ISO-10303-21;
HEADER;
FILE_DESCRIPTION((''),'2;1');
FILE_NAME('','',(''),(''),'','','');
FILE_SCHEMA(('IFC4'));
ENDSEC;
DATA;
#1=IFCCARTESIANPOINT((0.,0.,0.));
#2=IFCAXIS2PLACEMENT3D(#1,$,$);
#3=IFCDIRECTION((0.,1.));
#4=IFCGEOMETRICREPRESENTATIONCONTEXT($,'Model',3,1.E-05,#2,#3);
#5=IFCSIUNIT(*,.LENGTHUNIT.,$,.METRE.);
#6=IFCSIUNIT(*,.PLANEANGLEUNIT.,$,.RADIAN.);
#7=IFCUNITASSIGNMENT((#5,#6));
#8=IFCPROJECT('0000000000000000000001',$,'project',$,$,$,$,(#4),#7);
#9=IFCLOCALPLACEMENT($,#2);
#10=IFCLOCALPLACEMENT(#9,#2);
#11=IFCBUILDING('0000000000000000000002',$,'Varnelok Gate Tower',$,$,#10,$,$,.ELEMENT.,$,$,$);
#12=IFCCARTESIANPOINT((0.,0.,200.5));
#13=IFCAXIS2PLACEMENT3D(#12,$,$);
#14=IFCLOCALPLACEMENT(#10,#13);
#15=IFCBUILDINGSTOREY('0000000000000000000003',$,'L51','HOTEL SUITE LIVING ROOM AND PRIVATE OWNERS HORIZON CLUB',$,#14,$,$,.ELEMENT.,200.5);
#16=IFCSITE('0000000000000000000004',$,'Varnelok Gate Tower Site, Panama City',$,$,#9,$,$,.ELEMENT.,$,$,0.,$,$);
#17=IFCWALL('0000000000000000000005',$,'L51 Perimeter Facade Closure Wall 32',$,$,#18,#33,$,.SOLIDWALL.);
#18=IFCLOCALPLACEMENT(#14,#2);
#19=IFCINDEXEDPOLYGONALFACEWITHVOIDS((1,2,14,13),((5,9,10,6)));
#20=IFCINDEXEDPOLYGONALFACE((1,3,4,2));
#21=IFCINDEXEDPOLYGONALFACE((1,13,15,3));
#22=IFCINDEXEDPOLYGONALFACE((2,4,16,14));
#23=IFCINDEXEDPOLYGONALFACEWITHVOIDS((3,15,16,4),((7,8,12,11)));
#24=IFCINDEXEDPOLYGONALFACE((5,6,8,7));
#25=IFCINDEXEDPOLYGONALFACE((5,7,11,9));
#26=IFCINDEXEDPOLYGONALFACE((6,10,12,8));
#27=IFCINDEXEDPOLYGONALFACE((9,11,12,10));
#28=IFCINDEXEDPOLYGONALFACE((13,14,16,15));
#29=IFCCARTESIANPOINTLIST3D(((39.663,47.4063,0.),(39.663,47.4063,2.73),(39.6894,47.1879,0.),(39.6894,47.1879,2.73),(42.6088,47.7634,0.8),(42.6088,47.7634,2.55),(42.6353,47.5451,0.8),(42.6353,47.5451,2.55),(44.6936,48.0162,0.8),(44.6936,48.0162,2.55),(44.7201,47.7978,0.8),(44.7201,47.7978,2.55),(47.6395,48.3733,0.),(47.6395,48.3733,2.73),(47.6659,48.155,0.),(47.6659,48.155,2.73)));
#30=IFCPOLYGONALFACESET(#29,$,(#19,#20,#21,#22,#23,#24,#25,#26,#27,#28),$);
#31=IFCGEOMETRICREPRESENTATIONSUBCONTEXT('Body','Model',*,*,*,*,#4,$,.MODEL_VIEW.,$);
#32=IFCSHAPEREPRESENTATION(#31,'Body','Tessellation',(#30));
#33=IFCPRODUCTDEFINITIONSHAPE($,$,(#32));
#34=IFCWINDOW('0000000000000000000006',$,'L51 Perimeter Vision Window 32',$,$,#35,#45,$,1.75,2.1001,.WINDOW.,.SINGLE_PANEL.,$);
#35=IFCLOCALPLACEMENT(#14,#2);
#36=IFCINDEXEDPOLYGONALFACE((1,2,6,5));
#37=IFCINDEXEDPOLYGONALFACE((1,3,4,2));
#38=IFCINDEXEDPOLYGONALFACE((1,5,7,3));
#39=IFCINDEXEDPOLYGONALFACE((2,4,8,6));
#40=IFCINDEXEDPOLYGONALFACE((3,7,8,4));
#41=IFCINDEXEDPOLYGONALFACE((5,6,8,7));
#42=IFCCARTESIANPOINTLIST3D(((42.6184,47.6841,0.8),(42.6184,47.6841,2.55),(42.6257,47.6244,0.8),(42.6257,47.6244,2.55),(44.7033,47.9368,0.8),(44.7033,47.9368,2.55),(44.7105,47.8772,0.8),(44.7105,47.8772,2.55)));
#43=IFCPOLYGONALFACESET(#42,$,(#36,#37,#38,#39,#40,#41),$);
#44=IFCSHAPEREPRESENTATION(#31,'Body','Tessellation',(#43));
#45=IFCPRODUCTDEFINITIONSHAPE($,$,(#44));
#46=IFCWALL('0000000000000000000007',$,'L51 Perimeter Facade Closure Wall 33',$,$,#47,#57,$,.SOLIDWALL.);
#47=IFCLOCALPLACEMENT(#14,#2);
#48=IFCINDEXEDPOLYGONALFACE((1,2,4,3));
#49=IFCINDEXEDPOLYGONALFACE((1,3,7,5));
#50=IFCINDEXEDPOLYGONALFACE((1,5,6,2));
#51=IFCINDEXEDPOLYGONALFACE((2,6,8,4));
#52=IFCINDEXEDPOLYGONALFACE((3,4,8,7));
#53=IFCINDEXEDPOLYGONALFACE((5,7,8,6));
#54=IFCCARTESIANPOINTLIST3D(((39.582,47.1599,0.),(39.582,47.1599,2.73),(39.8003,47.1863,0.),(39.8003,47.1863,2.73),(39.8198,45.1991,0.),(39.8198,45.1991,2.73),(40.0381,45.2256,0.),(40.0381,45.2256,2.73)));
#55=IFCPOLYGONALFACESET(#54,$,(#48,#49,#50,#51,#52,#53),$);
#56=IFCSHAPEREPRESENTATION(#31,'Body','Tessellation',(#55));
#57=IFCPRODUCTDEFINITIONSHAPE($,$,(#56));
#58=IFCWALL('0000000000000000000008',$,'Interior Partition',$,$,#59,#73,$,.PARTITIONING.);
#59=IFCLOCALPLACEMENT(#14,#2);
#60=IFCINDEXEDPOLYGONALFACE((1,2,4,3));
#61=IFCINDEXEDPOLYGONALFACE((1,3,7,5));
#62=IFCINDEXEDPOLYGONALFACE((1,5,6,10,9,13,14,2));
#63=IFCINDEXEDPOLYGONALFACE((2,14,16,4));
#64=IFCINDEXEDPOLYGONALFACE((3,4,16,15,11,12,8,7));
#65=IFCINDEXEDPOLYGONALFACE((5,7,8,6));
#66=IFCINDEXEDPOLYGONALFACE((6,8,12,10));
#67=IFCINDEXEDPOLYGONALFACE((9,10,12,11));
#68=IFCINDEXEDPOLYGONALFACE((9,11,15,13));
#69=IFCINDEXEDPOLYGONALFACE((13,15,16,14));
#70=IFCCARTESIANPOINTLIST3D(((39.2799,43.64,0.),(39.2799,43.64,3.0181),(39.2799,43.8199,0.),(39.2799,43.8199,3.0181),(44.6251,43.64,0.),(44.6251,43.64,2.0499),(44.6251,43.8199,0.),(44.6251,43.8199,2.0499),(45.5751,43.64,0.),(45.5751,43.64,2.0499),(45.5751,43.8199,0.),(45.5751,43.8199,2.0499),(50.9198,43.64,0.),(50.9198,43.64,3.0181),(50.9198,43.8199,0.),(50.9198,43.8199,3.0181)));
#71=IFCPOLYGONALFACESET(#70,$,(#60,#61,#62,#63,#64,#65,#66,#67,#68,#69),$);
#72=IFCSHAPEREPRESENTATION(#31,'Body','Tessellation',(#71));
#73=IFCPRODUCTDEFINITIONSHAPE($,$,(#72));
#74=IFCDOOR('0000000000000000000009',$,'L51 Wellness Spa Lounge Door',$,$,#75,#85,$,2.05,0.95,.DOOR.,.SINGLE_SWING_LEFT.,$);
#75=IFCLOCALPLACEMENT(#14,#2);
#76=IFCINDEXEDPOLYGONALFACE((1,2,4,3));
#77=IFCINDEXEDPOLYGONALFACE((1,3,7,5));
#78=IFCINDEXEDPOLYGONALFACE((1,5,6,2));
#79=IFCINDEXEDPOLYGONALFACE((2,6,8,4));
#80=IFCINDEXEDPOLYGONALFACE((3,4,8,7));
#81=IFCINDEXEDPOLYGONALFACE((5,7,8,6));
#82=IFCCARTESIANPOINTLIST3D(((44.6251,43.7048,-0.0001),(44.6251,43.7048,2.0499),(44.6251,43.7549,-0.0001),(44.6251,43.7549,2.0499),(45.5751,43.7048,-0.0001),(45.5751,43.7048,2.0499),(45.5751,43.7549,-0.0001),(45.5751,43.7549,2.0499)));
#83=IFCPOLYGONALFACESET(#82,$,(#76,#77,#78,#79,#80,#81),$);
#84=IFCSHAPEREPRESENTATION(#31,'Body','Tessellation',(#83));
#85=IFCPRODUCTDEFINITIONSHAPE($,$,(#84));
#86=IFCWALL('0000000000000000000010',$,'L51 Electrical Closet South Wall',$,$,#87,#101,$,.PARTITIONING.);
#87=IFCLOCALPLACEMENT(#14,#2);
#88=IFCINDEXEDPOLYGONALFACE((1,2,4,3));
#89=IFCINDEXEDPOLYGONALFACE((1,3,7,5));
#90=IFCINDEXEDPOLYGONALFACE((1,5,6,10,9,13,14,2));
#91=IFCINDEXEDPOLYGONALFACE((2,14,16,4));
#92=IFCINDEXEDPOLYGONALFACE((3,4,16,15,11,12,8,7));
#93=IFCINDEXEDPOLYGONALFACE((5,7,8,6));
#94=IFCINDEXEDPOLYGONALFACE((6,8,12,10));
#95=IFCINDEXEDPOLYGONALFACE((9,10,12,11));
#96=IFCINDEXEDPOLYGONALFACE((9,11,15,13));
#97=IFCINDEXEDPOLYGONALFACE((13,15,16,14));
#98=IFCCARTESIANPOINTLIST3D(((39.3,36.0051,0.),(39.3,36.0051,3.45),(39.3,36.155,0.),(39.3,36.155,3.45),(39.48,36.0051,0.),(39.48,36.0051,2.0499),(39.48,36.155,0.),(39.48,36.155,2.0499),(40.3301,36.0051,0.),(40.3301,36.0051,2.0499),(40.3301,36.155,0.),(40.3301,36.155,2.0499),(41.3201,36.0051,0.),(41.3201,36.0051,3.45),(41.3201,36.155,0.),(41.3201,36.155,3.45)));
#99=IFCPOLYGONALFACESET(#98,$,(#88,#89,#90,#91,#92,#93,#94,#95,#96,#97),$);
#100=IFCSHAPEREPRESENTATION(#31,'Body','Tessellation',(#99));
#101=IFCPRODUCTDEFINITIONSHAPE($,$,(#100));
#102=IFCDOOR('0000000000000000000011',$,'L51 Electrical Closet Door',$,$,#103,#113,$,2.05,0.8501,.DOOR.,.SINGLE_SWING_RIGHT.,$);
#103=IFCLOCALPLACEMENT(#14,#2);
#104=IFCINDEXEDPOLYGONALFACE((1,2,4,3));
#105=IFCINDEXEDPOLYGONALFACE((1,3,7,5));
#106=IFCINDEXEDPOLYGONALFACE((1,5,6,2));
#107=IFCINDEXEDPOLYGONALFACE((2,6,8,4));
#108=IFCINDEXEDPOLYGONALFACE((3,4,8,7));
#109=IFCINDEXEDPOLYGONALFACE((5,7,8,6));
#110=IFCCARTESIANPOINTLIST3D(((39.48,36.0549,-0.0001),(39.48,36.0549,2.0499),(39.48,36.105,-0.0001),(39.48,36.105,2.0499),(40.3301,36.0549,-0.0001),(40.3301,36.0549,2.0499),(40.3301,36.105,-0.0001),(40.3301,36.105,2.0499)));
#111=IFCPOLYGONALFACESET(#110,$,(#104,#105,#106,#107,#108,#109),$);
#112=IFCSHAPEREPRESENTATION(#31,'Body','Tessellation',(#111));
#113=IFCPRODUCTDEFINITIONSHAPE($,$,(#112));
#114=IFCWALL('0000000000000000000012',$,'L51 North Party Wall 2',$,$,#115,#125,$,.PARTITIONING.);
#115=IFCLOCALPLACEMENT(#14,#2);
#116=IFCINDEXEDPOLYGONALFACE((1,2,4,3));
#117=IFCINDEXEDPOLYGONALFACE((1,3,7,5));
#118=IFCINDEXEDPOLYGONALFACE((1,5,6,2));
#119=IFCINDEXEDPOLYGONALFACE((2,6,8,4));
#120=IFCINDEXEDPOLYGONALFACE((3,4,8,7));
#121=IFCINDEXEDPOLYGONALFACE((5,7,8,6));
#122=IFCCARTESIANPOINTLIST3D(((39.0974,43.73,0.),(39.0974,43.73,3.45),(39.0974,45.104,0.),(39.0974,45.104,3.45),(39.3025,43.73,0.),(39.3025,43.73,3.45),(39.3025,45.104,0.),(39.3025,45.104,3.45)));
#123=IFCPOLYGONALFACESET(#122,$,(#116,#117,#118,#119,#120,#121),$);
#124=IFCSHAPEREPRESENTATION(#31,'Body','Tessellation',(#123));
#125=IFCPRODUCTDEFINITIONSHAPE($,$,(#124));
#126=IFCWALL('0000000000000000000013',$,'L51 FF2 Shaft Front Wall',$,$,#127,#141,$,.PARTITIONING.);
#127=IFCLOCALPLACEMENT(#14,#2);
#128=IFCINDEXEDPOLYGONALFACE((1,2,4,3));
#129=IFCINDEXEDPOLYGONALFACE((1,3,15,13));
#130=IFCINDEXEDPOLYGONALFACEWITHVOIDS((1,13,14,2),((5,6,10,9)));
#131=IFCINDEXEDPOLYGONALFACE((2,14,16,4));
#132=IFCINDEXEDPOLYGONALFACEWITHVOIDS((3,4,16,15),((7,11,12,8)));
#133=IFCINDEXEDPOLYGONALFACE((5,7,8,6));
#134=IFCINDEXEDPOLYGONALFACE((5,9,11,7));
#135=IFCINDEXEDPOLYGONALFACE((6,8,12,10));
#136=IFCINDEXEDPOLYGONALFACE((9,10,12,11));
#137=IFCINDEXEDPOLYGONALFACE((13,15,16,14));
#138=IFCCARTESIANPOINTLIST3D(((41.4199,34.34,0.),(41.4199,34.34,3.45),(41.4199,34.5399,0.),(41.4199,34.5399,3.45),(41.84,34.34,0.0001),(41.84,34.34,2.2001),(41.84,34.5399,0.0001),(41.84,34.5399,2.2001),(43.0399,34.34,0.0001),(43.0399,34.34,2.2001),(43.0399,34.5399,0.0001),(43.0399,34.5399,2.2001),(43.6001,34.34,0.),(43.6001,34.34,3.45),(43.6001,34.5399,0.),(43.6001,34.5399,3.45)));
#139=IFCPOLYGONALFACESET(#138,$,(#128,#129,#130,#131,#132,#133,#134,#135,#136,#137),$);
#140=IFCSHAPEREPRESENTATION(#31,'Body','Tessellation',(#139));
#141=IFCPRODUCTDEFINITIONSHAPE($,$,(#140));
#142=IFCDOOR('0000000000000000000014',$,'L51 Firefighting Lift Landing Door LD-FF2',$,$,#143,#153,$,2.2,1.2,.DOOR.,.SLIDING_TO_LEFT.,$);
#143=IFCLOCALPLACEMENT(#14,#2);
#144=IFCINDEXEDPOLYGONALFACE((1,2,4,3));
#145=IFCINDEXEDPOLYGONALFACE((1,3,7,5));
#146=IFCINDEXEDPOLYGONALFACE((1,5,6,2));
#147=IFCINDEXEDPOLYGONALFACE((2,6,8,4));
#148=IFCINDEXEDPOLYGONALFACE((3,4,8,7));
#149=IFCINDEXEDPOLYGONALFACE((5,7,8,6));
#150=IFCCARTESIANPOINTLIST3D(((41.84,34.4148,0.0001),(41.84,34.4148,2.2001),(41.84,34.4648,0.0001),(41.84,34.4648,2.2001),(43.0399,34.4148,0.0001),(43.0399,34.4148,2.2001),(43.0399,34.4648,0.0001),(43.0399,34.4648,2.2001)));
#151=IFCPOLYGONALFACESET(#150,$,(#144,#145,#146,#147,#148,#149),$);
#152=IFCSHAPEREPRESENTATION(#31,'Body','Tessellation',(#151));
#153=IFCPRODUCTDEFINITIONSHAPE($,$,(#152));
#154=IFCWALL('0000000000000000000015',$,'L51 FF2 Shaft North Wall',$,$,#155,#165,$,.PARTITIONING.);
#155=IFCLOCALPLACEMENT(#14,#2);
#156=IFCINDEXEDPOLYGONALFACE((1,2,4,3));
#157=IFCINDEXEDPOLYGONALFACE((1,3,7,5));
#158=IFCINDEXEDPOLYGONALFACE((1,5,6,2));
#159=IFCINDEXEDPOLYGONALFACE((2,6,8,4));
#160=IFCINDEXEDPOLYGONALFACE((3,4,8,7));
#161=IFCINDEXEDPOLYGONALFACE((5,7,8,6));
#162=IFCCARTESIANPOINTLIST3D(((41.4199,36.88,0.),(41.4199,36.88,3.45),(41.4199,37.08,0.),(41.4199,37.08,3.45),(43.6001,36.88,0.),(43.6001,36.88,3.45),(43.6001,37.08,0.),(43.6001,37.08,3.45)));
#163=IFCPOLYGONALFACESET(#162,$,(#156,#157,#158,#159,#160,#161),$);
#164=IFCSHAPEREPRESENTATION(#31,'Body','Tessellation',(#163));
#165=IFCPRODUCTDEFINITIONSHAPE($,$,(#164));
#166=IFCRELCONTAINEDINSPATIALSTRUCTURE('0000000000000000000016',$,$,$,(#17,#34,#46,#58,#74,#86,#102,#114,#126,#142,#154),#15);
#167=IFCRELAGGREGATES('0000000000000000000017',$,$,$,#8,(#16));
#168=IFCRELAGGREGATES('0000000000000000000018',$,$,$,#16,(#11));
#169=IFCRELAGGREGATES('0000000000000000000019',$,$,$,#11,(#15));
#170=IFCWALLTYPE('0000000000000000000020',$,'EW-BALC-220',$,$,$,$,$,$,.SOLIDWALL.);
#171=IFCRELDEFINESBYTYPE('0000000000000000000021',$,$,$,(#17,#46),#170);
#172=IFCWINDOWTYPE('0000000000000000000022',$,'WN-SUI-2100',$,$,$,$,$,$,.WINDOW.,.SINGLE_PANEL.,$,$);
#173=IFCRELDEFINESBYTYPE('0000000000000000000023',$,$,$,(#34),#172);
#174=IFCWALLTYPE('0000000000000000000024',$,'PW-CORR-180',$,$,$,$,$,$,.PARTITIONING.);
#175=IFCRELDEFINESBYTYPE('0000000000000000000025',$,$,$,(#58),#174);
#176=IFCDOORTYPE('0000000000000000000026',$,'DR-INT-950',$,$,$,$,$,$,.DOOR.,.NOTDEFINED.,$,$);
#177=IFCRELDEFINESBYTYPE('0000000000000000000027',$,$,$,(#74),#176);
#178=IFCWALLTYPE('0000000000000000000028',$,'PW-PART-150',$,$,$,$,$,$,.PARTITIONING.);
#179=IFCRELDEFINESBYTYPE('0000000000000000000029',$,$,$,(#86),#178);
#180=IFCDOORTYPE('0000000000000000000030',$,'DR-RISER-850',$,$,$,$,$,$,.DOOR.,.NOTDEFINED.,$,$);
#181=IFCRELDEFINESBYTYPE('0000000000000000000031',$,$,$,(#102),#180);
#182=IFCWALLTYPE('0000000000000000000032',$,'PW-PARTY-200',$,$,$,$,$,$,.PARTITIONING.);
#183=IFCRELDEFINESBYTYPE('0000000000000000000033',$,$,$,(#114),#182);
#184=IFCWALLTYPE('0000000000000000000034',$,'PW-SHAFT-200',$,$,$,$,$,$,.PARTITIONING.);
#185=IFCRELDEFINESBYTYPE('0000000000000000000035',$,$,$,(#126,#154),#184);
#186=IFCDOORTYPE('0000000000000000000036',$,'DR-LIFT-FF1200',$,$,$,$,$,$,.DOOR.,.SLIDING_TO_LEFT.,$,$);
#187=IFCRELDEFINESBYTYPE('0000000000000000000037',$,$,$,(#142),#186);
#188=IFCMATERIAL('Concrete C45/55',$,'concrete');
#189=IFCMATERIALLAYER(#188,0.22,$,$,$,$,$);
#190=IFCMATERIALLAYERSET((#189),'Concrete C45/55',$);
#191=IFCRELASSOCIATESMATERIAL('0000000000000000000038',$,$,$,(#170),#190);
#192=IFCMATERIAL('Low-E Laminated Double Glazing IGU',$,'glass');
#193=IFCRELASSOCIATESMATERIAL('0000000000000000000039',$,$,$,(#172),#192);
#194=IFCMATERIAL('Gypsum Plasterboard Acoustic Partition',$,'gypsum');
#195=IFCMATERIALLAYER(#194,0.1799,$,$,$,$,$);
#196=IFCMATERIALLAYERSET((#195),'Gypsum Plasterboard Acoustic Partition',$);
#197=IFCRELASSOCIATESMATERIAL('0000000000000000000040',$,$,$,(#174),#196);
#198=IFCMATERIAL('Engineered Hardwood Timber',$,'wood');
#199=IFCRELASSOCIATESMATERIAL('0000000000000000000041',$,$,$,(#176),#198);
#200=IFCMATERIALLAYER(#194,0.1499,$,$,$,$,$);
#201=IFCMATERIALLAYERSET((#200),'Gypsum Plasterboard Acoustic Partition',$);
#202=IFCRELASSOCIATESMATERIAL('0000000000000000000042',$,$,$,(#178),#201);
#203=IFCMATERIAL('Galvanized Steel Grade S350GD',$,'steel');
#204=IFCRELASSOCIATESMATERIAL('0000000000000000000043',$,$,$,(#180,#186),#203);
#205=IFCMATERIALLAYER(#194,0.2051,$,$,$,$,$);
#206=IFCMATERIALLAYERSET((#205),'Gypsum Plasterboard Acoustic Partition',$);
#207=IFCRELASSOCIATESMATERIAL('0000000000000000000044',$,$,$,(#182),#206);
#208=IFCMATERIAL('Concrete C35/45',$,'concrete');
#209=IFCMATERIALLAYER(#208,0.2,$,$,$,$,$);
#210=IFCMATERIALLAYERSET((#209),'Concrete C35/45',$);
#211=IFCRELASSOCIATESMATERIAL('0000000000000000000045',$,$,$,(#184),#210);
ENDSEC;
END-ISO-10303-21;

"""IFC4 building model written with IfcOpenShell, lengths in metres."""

from ifc_helpers import new_model, si_unit, direction, frame, frame_2d, origin, place, context, subcontext, project, spatial, rectangle, extrude, material, layer, layer_set, type_object, element, fill, save


model = new_model("IFC4")

# Units and contexts
model_context = context("Model", 3, precision=1e-05, world=origin(), true_north=direction((0.0, 1.0)))
body_context = subcontext(model_context, "Body", "Model", "MODEL_VIEW")
ifc_project = project(units=[si_unit("LENGTHUNIT", "METRE"), si_unit("PLANEANGLEUNIT", "RADIAN")], contexts=[model_context])

# Site, building, storey
site_placement = place(None, origin())
site = spatial("IfcSite", under=ifc_project, at=site_placement, Name="Varnelok Gate Tower Site, Panama City", CompositionType="ELEMENT", RefElevation=0.0)
building_placement = place(site_placement, origin())
building = spatial("IfcBuilding", under=site, at=building_placement, Name="Varnelok Gate Tower", CompositionType="ELEMENT")
storey_placement = place(building_placement, frame((0.0, 0.0, 200.5)))
storey = spatial("IfcBuildingStorey", under=building, at=storey_placement, Name="L51", Description="HOTEL SUITE LIVING ROOM AND PRIVATE OWNERS HORIZON CLUB", CompositionType="ELEMENT", Elevation=200.5)

# Shared definitions
ifc_material_1 = material(Name="Concrete C45/55", Category="concrete")
ifc_layer_1 = layer(ifc_material_1, 0.22)
ifc_layer_set_1 = layer_set([ifc_layer_1], Name="Concrete C45/55")
wall_type_1 = type_object("IfcWallType", Name="EW-BALC-220", PredefinedType="SOLIDWALL", material=ifc_layer_set_1)
ifc_material_2 = material(Name="Low-E Laminated Double Glazing IGU", Category="glass")

# Wall, opening, window
wall_1_placement = place(storey_placement, frame((47.6528, 48.2642, 0.0), z_axis=(0.0, 0.0, 1.0), x_axis=(-0.992731, -0.120354, 0.0)))
wall_1 = element("IfcWall", 1, at=wall_1_placement, inside=storey, type_object=wall_type_1, Name="L51 Perimeter Facade Closure Wall 32", PredefinedType="SOLIDWALL", context=body_context, shape_type="SweptSolid", body=[
    extrude(rectangle(XDim=8.0349, YDim=0.22, at=frame_2d((4.0176, 0.0))), origin(), (0.0, 0.0, 1.0), 2.73),
])
opening_1_placement = place(wall_1_placement, frame((2.9675, 0.0, 0.8)))
opening_1 = element("IfcOpeningElement", 2, at=opening_1_placement, cuts=wall_1, PredefinedType="OPENING", context=body_context, shape_type="SweptSolid", body=[
    extrude(rectangle(XDim=2.1001, YDim=1.75, at=frame_2d((1.05, 0.875))), frame((0.0, 0.1199, 0.0), z_axis=(0.0, -1.0, 0.0), x_axis=(1.0, 0.0, 0.0)), (0.0, 0.0, 1.0), 0.24),
])
window_type_1 = type_object("IfcWindowType", Name="WN-SUI-2100", PartitioningType="SINGLE_PANEL", PredefinedType="WINDOW", material=ifc_material_2)
window_1_placement = place(opening_1_placement, origin())
window_1 = element("IfcWindow", 3, at=window_1_placement, inside=storey, type_object=window_type_1, Name="L51 Perimeter Vision Window 32", OverallHeight=1.75, OverallWidth=2.1001, PartitioningType="SINGLE_PANEL", PredefinedType="WINDOW", context=body_context, shape_type="SweptSolid", body=[
    extrude(rectangle(XDim=2.1001, YDim=1.75, at=frame_2d((1.05, 0.875))), frame((0.0, 0.03, 0.0), z_axis=(0.0, -1.0, 0.0), x_axis=(1.0, 0.0, 0.0)), (0.0, 0.0, 1.0), 0.0601),
])
fill(opening_1, window_1)

# Wall
wall_2_placement = place(storey_placement, frame((39.6912, 47.1731, 0.0), z_axis=(0.0, 0.0, 1.0), x_axis=(0.120398, -0.992726, 0.0)))
element("IfcWall", 4, at=wall_2_placement, inside=storey, type_object=wall_type_1, Name="L51 Perimeter Facade Closure Wall 33", PredefinedType="SOLIDWALL", context=body_context, shape_type="SweptSolid", body=[
    extrude(rectangle(XDim=1.9751, YDim=0.22, at=frame_2d((0.9875, 0.0))), origin(), (0.0, 0.0, 1.0), 2.73),
])

# Walls, openings, doors
ifc_material_3 = material(Name="Gypsum Plasterboard Acoustic Partition", Category="gypsum")
ifc_layer_2 = layer(ifc_material_3, 0.1799)
ifc_layer_set_2 = layer_set([ifc_layer_2], Name="Gypsum Plasterboard Acoustic Partition")
wall_type_2 = type_object("IfcWallType", Name="PW-CORR-180", PredefinedType="PARTITIONING", material=ifc_layer_set_2)
wall_3_placement = place(storey_placement, frame((39.28, 43.73, 0.0), z_axis=(0.0, 0.0, 1.0), x_axis=(1.0, 0.0, 0.0)))
wall_3 = element("IfcWall", 5, at=wall_3_placement, inside=storey, type_object=wall_type_2, Name="Interior Partition", PredefinedType="PARTITIONING", context=body_context, shape_type="SweptSolid", body=[
    extrude(rectangle(XDim=11.6399, YDim=0.1799, at=frame_2d((5.8198, 0.0))), origin(), (0.0, 0.0, 1.0), 3.0181),
])
opening_2_placement = place(wall_3_placement, frame((5.345, 0.0, 0.0)))
opening_2 = element("IfcOpeningElement", 6, at=opening_2_placement, cuts=wall_3, PredefinedType="OPENING", context=body_context, shape_type="SweptSolid", body=[
    extrude(rectangle(XDim=0.95, YDim=2.05, at=frame_2d((0.4751, 1.0249))), frame((0.0, 0.0999, 0.0), z_axis=(0.0, -1.0, 0.0), x_axis=(1.0, 0.0, 0.0)), (0.0, 0.0, 1.0), 0.2),
])
ifc_material_4 = material(Name="Engineered Hardwood Timber", Category="wood")
door_type_1 = type_object("IfcDoorType", Name="DR-INT-950", OperationType="NOTDEFINED", PredefinedType="DOOR", material=ifc_material_4)
door_1_placement = place(opening_2_placement, origin())
door_1 = element("IfcDoor", 7, at=door_1_placement, inside=storey, type_object=door_type_1, Name="L51 Wellness Spa Lounge Door", OperationType="SINGLE_SWING_LEFT", OverallHeight=2.05, OverallWidth=0.95, PredefinedType="DOOR", context=body_context, shape_type="SweptSolid", body=[
    extrude(rectangle(XDim=0.95, YDim=2.05, at=frame_2d((0.4751, 1.0249))), frame((0.0, 0.0249, 0.0), z_axis=(0.0, -1.0, 0.0), x_axis=(1.0, 0.0, 0.0)), (0.0, 0.0, 1.0), 0.05),
])
fill(opening_2, door_1)
ifc_layer_3 = layer(ifc_material_3, 0.1499)
ifc_layer_set_3 = layer_set([ifc_layer_3], Name="Gypsum Plasterboard Acoustic Partition")
wall_type_3 = type_object("IfcWallType", Name="PW-PART-150", PredefinedType="PARTITIONING", material=ifc_layer_set_3)
wall_4_placement = place(storey_placement, frame((39.3, 36.0801, 0.0), z_axis=(0.0, 0.0, 1.0), x_axis=(1.0, 0.0, 0.0)))
wall_4 = element("IfcWall", 8, at=wall_4_placement, inside=storey, type_object=wall_type_3, Name="L51 Electrical Closet South Wall", PredefinedType="PARTITIONING", context=body_context, shape_type="SweptSolid", body=[
    extrude(rectangle(XDim=2.02, YDim=0.1499, at=frame_2d((1.01, 0.0))), origin(), (0.0, 0.0, 1.0), 3.45),
])
opening_3_placement = place(wall_4_placement, frame((0.1799, 0.0, 0.0)))
opening_3 = element("IfcOpeningElement", 9, at=opening_3_placement, cuts=wall_4, PredefinedType="OPENING", context=body_context, shape_type="SweptSolid", body=[
    extrude(rectangle(XDim=0.8501, YDim=2.05, at=frame_2d((0.425, 1.0249))), frame((0.0, 0.085, 0.0), z_axis=(0.0, -1.0, 0.0), x_axis=(1.0, 0.0, 0.0)), (0.0, 0.0, 1.0), 0.1699),
])
ifc_material_5 = material(Name="Galvanized Steel Grade S350GD", Category="steel")
door_type_2 = type_object("IfcDoorType", Name="DR-RISER-850", OperationType="NOTDEFINED", PredefinedType="DOOR", material=ifc_material_5)
door_2_placement = place(opening_3_placement, origin())
door_2 = element("IfcDoor", 10, at=door_2_placement, inside=storey, type_object=door_type_2, Name="L51 Electrical Closet Door", OperationType="SINGLE_SWING_RIGHT", OverallHeight=2.05, OverallWidth=0.8501, PredefinedType="DOOR", context=body_context, shape_type="SweptSolid", body=[
    extrude(rectangle(XDim=0.8501, YDim=2.05, at=frame_2d((0.425, 1.0249))), frame((0.0, 0.0249, 0.0), z_axis=(0.0, -1.0, 0.0), x_axis=(1.0, 0.0, 0.0)), (0.0, 0.0, 1.0), 0.05),
])
fill(opening_3, door_2)

# Wall
ifc_layer_4 = layer(ifc_material_3, 0.2051)
ifc_layer_set_4 = layer_set([ifc_layer_4], Name="Gypsum Plasterboard Acoustic Partition")
wall_type_4 = type_object("IfcWallType", Name="PW-PARTY-200", PredefinedType="PARTITIONING", material=ifc_layer_set_4)
wall_5_placement = place(storey_placement, frame((39.2, 43.73, 0.0), z_axis=(0.0, 0.0, 1.0), x_axis=(0.0, 1.0, 0.0)))
element("IfcWall", 11, at=wall_5_placement, inside=storey, type_object=wall_type_4, Name="L51 North Party Wall 2", PredefinedType="PARTITIONING", context=body_context, shape_type="SweptSolid", body=[
    extrude(rectangle(XDim=1.374, YDim=0.2051, at=frame_2d((0.687, 0.0))), origin(), (0.0, 0.0, 1.0), 3.45),
])

# Wall, opening, door
ifc_material_6 = material(Name="Concrete C35/45", Category="concrete")
ifc_layer_5 = layer(ifc_material_6, 0.2)
ifc_layer_set_5 = layer_set([ifc_layer_5], Name="Concrete C35/45")
wall_type_5 = type_object("IfcWallType", Name="PW-SHAFT-200", PredefinedType="PARTITIONING", material=ifc_layer_set_5)
wall_6_placement = place(storey_placement, frame((41.4199, 34.4399, 0.0), z_axis=(0.0, 0.0, 1.0), x_axis=(1.0, 0.0, 0.0)))
wall_6 = element("IfcWall", 12, at=wall_6_placement, inside=storey, type_object=wall_type_5, Name="L51 FF2 Shaft Front Wall", PredefinedType="PARTITIONING", context=body_context, shape_type="SweptSolid", body=[
    extrude(rectangle(XDim=2.1802, YDim=0.2, at=frame_2d((1.0901, 0.0))), origin(), (0.0, 0.0, 1.0), 3.45),
])
opening_4_placement = place(wall_6_placement, frame((0.4199, 0.0, 0.0)))
opening_4 = element("IfcOpeningElement", 13, at=opening_4_placement, cuts=wall_6, PredefinedType="OPENING", context=body_context, shape_type="SweptSolid", body=[
    extrude(rectangle(XDim=1.2, YDim=2.2, at=frame_2d((0.6001, 1.1001))), frame((0.0, 0.1099, 0.0), z_axis=(0.0, -1.0, 0.0), x_axis=(1.0, 0.0, 0.0)), (0.0, 0.0, 1.0), 0.22),
])
door_type_3 = type_object("IfcDoorType", Name="DR-LIFT-FF1200", OperationType="SLIDING_TO_LEFT", PredefinedType="DOOR", material=ifc_material_5)
door_3_placement = place(opening_4_placement, origin())
door_3 = element("IfcDoor", 14, at=door_3_placement, inside=storey, type_object=door_type_3, Name="L51 Firefighting Lift Landing Door LD-FF2", OperationType="SLIDING_TO_LEFT", OverallHeight=2.2, OverallWidth=1.2, PredefinedType="DOOR", context=body_context, shape_type="SweptSolid", body=[
    extrude(rectangle(XDim=1.2, YDim=2.2, at=frame_2d((0.6001, 1.1001))), frame((0.0, 0.0249, 0.0), z_axis=(0.0, -1.0, 0.0), x_axis=(1.0, 0.0, 0.0)), (0.0, 0.0, 1.0), 0.05),
])
fill(opening_4, door_3)

# Wall
wall_7_placement = place(storey_placement, frame((41.4199, 36.98, 0.0), z_axis=(0.0, 0.0, 1.0), x_axis=(1.0, 0.0, 0.0)))
element("IfcWall", 15, at=wall_7_placement, inside=storey, type_object=wall_type_5, Name="L51 FF2 Shaft North Wall", PredefinedType="PARTITIONING", context=body_context, shape_type="SweptSolid", body=[
    extrude(rectangle(XDim=2.1802, YDim=0.2, at=frame_2d((1.0901, 0.0))), origin(), (0.0, 0.0, 1.0), 3.45),
])

save(model, "model.ifc")
